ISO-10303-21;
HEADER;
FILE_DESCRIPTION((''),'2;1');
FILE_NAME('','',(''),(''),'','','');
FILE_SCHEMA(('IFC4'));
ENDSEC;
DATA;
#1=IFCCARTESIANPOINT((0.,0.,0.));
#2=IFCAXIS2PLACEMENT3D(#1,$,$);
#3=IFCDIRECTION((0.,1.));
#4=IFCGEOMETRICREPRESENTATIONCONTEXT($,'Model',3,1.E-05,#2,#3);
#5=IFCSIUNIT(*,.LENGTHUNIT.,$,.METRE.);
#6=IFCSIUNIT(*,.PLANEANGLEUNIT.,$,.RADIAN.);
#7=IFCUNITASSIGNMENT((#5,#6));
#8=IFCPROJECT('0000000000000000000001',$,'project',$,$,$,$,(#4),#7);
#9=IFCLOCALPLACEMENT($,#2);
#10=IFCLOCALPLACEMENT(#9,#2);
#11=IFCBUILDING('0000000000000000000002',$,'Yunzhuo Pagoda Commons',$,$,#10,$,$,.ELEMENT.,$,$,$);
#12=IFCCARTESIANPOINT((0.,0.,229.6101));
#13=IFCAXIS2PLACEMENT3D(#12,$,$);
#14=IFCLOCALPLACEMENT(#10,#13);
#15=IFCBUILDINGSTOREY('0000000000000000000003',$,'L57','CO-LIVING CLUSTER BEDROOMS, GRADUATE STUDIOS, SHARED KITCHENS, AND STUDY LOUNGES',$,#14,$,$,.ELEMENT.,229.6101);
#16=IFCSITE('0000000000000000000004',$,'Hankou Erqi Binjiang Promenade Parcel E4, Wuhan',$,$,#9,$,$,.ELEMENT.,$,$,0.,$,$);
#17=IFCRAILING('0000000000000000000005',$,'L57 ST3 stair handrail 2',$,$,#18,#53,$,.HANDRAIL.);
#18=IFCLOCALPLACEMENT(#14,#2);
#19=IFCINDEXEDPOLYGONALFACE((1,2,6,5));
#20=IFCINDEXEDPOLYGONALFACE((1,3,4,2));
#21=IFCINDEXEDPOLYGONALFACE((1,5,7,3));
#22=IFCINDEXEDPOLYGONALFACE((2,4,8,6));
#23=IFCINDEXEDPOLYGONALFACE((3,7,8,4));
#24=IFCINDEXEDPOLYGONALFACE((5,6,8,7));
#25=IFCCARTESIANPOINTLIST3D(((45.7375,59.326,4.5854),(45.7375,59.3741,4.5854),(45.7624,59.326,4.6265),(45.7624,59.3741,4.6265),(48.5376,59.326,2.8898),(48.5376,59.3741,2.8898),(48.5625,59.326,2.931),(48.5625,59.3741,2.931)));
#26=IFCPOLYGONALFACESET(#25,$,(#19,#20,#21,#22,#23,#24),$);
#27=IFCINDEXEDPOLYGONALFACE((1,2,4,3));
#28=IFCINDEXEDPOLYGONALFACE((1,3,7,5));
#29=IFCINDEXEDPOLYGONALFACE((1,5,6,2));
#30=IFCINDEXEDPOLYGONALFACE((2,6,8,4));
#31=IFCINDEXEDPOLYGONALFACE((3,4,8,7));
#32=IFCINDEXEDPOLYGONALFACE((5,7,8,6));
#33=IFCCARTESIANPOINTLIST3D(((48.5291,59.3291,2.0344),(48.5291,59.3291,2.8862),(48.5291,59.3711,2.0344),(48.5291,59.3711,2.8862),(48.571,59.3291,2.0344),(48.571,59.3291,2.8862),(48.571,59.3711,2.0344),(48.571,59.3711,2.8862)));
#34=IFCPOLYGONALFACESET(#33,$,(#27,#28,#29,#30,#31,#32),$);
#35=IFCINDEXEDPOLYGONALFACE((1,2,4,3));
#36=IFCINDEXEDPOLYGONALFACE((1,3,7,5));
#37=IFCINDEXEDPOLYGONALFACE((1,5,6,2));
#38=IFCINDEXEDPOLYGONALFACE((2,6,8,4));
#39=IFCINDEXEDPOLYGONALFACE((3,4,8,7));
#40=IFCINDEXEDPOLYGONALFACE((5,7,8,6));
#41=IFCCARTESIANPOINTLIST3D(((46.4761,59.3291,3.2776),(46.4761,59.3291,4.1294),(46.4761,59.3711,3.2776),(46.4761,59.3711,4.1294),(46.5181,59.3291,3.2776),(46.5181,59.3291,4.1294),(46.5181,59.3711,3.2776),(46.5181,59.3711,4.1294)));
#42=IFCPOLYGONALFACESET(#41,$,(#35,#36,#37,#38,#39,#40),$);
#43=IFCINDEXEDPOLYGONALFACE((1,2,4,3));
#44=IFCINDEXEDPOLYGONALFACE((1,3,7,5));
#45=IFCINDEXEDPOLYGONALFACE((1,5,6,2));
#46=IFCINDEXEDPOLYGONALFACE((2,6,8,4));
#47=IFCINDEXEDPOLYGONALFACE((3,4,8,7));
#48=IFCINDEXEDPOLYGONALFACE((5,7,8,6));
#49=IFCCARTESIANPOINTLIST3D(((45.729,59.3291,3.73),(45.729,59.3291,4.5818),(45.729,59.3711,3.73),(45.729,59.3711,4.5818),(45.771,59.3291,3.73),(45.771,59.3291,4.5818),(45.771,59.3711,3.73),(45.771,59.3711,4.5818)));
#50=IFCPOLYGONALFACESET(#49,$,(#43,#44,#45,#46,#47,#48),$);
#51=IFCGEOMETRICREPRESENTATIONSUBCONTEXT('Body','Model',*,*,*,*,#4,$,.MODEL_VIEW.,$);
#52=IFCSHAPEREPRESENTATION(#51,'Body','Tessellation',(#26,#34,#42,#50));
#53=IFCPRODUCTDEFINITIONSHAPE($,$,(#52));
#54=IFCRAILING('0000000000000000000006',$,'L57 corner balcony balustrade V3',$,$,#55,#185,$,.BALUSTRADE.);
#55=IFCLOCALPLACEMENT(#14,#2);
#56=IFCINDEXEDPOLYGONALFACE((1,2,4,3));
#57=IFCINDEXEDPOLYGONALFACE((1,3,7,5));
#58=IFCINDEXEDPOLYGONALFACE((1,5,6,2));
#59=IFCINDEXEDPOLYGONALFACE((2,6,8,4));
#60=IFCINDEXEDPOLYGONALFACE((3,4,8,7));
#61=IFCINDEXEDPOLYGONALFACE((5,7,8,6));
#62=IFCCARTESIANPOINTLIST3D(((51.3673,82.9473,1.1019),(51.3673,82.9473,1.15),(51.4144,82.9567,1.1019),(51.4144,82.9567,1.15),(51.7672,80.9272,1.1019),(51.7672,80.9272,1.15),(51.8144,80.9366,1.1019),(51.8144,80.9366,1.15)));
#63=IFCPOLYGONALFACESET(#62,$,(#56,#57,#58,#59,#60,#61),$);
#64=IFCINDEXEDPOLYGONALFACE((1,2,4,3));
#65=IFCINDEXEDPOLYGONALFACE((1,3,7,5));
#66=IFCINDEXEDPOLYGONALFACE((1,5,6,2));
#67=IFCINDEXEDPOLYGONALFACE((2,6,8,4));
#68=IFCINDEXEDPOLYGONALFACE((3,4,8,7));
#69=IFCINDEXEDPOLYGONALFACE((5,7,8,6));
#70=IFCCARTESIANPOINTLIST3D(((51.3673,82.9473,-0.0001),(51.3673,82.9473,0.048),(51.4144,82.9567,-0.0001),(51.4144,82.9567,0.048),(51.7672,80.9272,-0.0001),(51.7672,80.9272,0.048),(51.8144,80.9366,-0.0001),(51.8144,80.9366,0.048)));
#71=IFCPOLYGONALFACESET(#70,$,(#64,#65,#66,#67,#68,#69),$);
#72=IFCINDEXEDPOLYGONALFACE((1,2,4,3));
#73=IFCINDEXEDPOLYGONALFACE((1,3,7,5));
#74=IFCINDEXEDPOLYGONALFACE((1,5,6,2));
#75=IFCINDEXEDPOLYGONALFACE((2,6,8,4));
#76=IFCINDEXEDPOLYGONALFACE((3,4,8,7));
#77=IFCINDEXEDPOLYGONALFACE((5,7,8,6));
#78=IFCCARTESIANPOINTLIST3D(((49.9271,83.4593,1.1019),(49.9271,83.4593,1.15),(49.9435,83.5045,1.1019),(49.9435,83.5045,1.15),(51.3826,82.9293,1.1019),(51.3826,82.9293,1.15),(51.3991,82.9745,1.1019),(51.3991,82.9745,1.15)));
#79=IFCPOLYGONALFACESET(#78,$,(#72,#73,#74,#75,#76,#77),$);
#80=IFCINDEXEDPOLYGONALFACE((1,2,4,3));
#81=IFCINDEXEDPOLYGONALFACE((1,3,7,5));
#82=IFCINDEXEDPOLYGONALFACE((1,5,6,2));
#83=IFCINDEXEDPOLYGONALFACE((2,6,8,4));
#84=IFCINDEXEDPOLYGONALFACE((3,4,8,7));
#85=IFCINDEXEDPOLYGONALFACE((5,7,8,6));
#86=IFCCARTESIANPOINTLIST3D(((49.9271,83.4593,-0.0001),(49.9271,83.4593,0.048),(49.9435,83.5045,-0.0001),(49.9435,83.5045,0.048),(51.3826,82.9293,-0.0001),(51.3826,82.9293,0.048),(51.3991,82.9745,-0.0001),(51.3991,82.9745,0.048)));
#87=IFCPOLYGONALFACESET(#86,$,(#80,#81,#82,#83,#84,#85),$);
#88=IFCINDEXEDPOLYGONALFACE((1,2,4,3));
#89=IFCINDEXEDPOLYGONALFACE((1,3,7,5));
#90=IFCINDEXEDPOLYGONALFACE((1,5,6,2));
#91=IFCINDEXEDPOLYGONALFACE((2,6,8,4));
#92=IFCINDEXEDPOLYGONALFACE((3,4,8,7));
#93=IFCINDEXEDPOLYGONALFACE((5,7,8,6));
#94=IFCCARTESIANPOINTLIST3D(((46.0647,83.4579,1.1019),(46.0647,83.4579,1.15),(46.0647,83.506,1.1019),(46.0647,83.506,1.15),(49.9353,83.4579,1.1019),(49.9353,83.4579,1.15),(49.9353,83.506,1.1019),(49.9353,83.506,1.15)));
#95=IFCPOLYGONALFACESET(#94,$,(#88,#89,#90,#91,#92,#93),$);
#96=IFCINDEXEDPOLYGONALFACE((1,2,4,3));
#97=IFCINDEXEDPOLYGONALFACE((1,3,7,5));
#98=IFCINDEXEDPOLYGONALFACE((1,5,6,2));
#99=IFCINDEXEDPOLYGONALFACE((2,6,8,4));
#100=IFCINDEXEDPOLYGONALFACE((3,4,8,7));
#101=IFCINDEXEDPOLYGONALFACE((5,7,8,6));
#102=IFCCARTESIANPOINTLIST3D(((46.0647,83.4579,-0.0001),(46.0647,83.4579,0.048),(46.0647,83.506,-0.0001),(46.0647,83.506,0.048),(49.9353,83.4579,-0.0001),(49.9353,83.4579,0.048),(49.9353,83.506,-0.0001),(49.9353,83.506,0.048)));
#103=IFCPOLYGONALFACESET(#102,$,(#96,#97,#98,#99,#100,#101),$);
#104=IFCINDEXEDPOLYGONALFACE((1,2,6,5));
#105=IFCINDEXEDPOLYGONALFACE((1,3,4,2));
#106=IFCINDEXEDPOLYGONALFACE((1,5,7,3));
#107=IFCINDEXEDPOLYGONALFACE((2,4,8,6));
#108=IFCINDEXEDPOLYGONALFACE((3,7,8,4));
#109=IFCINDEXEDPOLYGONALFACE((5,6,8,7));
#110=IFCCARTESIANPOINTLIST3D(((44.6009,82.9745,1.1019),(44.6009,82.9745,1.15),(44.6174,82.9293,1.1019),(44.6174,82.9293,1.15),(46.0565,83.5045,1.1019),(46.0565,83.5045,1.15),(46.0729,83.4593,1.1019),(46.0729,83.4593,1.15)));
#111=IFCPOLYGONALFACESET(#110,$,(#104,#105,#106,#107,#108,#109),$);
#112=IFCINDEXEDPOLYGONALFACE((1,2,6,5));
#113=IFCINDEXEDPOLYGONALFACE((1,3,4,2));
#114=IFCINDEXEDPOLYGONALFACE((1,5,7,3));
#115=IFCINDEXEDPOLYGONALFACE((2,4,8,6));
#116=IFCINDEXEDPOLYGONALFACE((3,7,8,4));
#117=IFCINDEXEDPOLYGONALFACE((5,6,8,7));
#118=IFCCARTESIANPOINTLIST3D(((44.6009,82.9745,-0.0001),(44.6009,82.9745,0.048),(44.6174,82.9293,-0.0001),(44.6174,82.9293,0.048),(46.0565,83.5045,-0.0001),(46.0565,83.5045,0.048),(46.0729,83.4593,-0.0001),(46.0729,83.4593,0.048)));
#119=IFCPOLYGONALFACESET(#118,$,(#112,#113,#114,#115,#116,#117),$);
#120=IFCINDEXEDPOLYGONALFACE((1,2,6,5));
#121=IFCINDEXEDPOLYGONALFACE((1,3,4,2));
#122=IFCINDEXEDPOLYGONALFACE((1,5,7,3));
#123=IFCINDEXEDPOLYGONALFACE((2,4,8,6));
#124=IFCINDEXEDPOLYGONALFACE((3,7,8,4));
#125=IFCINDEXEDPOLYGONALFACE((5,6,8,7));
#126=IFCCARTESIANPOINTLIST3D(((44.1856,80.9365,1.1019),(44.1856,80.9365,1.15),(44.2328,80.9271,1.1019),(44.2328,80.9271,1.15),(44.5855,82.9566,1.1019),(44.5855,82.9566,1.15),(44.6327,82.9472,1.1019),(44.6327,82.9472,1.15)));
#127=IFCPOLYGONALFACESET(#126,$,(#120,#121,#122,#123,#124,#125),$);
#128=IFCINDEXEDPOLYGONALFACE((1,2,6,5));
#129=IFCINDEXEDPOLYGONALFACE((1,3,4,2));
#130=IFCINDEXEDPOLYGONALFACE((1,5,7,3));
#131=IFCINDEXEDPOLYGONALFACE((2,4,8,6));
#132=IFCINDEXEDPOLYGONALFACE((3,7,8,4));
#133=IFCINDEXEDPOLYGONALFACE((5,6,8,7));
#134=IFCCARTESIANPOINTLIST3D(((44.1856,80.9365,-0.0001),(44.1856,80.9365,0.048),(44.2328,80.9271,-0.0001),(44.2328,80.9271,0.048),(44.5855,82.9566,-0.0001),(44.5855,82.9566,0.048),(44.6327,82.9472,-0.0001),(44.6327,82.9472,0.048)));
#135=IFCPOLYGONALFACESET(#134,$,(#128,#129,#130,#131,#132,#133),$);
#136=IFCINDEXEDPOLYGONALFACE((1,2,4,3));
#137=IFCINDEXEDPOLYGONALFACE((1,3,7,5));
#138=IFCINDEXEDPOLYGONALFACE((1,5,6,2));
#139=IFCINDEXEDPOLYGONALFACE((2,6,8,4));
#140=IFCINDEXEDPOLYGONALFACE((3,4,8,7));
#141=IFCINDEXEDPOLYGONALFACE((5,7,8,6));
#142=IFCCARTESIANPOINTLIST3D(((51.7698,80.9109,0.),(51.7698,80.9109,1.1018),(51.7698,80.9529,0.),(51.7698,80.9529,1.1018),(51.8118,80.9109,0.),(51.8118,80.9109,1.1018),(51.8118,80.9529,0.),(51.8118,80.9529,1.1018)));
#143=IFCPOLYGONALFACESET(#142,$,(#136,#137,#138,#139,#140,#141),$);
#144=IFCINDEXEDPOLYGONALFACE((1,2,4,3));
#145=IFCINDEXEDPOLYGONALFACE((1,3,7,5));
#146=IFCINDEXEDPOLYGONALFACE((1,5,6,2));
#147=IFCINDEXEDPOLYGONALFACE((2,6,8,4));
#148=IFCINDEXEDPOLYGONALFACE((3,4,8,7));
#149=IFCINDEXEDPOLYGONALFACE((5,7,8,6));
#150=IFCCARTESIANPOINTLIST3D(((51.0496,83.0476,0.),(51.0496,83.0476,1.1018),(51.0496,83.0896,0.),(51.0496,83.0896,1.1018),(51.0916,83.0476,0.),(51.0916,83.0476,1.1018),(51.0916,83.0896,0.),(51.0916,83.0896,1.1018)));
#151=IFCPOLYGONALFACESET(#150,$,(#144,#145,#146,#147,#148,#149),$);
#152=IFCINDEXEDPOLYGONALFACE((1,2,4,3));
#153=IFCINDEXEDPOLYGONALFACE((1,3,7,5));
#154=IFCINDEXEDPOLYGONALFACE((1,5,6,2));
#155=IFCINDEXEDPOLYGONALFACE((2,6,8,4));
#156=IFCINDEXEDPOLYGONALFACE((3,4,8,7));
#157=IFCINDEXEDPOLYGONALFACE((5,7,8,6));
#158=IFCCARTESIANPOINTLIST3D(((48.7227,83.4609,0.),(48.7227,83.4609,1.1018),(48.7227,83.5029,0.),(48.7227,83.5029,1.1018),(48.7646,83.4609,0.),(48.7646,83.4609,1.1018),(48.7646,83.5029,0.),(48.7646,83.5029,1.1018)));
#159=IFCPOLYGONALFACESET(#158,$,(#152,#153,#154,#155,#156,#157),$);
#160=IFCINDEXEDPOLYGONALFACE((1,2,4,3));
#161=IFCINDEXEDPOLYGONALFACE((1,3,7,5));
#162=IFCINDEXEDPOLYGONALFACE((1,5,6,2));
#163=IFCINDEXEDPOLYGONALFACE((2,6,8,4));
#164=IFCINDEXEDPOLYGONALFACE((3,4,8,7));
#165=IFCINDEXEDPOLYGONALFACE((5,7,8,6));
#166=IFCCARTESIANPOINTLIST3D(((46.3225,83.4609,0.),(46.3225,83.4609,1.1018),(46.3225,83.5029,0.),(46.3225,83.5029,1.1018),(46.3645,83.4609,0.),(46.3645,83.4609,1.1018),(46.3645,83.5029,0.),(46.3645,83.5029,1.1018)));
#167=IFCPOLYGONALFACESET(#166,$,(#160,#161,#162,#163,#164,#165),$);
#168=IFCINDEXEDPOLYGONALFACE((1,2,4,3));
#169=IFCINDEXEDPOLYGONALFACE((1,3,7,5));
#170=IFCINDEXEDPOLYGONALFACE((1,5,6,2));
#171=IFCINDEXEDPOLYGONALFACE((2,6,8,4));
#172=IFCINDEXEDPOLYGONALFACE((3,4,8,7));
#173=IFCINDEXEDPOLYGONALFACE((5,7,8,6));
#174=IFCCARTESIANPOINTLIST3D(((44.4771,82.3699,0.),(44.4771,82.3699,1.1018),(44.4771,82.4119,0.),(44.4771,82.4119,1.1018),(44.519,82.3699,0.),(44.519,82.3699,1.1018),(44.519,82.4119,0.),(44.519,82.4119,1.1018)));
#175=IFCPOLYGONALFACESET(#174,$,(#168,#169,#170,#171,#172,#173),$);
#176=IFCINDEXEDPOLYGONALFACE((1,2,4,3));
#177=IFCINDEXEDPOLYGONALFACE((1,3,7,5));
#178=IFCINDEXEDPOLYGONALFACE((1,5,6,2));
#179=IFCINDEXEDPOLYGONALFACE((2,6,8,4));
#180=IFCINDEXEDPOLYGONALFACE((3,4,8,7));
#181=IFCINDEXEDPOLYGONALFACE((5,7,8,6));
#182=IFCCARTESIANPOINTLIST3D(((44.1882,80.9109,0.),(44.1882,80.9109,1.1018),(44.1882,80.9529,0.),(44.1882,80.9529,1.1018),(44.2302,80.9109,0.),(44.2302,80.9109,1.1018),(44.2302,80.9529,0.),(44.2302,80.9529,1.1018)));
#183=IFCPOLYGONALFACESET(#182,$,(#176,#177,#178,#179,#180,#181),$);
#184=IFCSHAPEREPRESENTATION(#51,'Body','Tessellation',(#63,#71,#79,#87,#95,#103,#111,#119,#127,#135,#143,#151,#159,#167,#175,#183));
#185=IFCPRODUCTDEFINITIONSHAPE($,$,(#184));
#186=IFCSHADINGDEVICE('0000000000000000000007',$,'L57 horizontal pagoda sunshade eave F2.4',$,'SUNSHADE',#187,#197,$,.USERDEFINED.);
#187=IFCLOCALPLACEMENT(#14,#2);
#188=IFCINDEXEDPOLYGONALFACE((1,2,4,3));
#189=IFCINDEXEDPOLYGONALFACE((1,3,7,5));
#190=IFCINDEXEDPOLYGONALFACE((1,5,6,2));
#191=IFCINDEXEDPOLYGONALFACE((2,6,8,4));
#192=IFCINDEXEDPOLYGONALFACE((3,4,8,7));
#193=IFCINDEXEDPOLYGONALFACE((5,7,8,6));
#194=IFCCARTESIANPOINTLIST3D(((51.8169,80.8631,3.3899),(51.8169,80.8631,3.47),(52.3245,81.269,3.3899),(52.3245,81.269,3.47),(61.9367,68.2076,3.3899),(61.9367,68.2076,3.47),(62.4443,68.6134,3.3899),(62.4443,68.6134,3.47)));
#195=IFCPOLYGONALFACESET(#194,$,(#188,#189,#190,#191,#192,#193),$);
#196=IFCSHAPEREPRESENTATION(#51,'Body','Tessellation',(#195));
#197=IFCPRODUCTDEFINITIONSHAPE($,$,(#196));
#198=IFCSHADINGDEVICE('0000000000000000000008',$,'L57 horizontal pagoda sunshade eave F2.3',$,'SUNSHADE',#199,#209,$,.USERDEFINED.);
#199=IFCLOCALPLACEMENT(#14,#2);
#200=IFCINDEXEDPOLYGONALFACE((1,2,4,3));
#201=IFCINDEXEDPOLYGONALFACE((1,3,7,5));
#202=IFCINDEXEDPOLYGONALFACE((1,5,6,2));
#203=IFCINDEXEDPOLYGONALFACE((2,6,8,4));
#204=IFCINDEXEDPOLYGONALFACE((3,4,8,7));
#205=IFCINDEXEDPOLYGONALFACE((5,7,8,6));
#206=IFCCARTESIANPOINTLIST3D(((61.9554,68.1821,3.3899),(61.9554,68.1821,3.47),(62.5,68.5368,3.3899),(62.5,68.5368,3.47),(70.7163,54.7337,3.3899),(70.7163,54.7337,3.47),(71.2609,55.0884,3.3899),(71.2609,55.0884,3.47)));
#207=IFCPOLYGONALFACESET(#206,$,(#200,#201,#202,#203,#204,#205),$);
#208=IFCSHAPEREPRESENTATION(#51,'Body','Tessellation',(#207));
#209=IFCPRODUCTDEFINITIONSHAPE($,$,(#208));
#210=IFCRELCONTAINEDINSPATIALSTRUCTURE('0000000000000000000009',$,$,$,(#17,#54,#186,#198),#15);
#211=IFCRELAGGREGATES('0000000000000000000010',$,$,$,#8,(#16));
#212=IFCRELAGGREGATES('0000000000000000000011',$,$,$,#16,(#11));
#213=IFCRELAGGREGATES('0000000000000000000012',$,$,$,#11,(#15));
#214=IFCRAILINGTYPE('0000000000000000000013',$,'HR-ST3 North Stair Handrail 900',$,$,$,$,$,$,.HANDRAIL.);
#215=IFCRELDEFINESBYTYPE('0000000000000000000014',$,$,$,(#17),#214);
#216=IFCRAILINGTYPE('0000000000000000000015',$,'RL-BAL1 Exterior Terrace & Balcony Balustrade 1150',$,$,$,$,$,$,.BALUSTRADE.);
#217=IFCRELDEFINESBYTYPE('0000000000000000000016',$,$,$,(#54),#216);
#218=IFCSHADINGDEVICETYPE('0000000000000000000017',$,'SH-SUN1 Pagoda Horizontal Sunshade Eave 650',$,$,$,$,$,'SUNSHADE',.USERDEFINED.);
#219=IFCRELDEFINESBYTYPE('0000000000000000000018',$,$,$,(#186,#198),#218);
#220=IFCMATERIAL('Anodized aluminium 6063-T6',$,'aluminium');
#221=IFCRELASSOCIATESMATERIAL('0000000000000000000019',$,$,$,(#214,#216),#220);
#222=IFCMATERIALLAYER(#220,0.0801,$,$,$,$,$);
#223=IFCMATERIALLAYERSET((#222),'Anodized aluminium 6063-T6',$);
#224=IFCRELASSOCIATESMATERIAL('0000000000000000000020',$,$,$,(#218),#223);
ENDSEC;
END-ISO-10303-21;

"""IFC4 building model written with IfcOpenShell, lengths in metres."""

from ifc_helpers import new_model, si_unit, direction, frame, origin, origin_2d, place, context, subcontext, project, spatial, rectangle, extrude, source, transform, mapped, material, layer, layer_set, type_object, element, save


model = new_model("IFC4")

# Units and contexts
model_context = context("Model", 3, precision=1e-05, world=origin(), true_north=direction((0.0, 1.0)))
body_context = subcontext(model_context, "Body", "Model", "MODEL_VIEW")
ifc_project = project(units=[si_unit("LENGTHUNIT", "METRE"), si_unit("PLANEANGLEUNIT", "RADIAN")], contexts=[model_context])

# Site, building, storey
site_placement = place(None, origin())
site = spatial("IfcSite", under=ifc_project, at=site_placement, Name="Hankou Erqi Binjiang Promenade Parcel E4, Wuhan", CompositionType="ELEMENT", RefElevation=0.0)
building_placement = place(site_placement, origin())
building = spatial("IfcBuilding", under=site, at=building_placement, Name="Yunzhuo Pagoda Commons", CompositionType="ELEMENT")
storey_placement = place(building_placement, frame((0.0, 0.0, 229.6101)))
storey = spatial("IfcBuildingStorey", under=building, at=storey_placement, Name="L57", Description="CO-LIVING CLUSTER BEDROOMS, GRADUATE STUDIOS, SHARED KITCHENS, AND STUDY LOUNGES", CompositionType="ELEMENT", Elevation=229.6101)

# Shared definitions
ifc_material_1 = material(Name="Anodized aluminium 6063-T6", Category="aluminium")

# Railings
railing_type_1 = type_object("IfcRailingType", Name="HR-ST3 North Stair Handrail 900", PredefinedType="HANDRAIL", material=ifc_material_1)
railing_1_placement = place(storey_placement, frame((48.55, 59.3501, 2.0344)))
element("IfcRailing", 1, at=railing_1_placement, inside=storey, type_object=railing_type_1, Name="L57 ST3 stair handrail 2", PredefinedType="HANDRAIL", context=body_context, shape_type="SweptSolid", body=[
    extrude(rectangle(XDim=0.0481, YDim=0.0481, at=origin_2d()), frame((0.0, 0.0, 0.876), z_axis=(-0.855393, 0.0, 0.517979), x_axis=(0.0, -1.0, 0.0)), (0.0, 0.0, 1.0), 3.2734),
    extrude(rectangle(XDim=0.042, YDim=0.042, at=origin_2d()), origin(), (0.0, 0.0, 1.0), 0.8518),
    extrude(rectangle(XDim=0.042, YDim=0.042, at=origin_2d()), frame((-2.053, 0.0, 1.2432)), (0.0, 0.0, 1.0), 0.8518),
    extrude(rectangle(XDim=0.042, YDim=0.042, at=origin_2d()), frame((-2.8, 0.0, 1.6956)), (0.0, 0.0, 1.0), 0.8518),
])
railing_type_2 = type_object("IfcRailingType", Name="RL-BAL1 Exterior Terrace & Balcony Balustrade 1150", PredefinedType="BALUSTRADE", material=ifc_material_1)
railing_2_placement = place(storey_placement, frame((51.7908, 80.9319, 0.0)))
element("IfcRailing", 2, at=railing_2_placement, inside=storey, type_object=railing_type_2, Name="L57 corner balcony balustrade V3", PredefinedType="BALUSTRADE", context=body_context, shape_type="SweptSolid", body=[
    extrude(rectangle(XDim=0.0481, YDim=0.0481, at=origin_2d()), frame((0.0, 0.0, 1.126), z_axis=(-0.194201, 0.980962, 0.0), x_axis=(-0.980962, -0.194201, 0.0)), (0.0, 0.0, 1.0), 2.0593),
    extrude(rectangle(XDim=0.0481, YDim=0.0481, at=origin_2d()), frame((0.0, 0.0, 0.0239), z_axis=(-0.194201, 0.980962, 0.0), x_axis=(-0.980962, -0.194201, 0.0)), (0.0, 0.0, 1.0), 2.0593),
    extrude(rectangle(XDim=0.0481, YDim=0.0481, at=origin_2d()), frame((-0.3999, 2.02, 1.126), z_axis=(-0.939641, 0.342161, 0.0), x_axis=(-0.342161, -0.939641, 0.0)), (0.0, 0.0, 1.0), 1.5491),
    extrude(rectangle(XDim=0.0481, YDim=0.0481, at=origin_2d()), frame((-0.3999, 2.02, 0.0239), z_axis=(-0.939641, 0.342161, 0.0), x_axis=(-0.342161, -0.939641, 0.0)), (0.0, 0.0, 1.0), 1.5491),
    extrude(rectangle(XDim=0.0481, YDim=0.0481, at=origin_2d()), frame((-1.8555, 2.55, 1.126), z_axis=(-1.0, 0.0, 0.0), x_axis=(0.0, -1.0, 0.0)), (0.0, 0.0, 1.0), 3.8706),
    extrude(rectangle(XDim=0.0481, YDim=0.0481, at=origin_2d()), frame((-1.8555, 2.55, 0.0239), z_axis=(-1.0, 0.0, 0.0), x_axis=(0.0, -1.0, 0.0)), (0.0, 0.0, 1.0), 3.8706),
    extrude(rectangle(XDim=0.0481, YDim=0.0481, at=origin_2d()), frame((-5.7261, 2.55, 1.126), z_axis=(-0.939641, -0.342161, 0.0), x_axis=(0.342161, -0.939641, 0.0)), (0.0, 0.0, 1.0), 1.5491),
    extrude(rectangle(XDim=0.0481, YDim=0.0481, at=origin_2d()), frame((-5.7261, 2.55, 0.0239), z_axis=(-0.939641, -0.342161, 0.0), x_axis=(0.342161, -0.939641, 0.0)), (0.0, 0.0, 1.0), 1.5491),
    extrude(rectangle(XDim=0.0481, YDim=0.0481, at=origin_2d()), frame((-7.1816, 2.02, 1.126), z_axis=(-0.194201, -0.980962, 0.0), x_axis=(0.980962, -0.194201, 0.0)), (0.0, 0.0, 1.0), 2.0593),
    extrude(rectangle(XDim=0.0481, YDim=0.0481, at=origin_2d()), frame((-7.1816, 2.02, 0.0239), z_axis=(-0.194201, -0.980962, 0.0), x_axis=(0.980962, -0.194201, 0.0)), (0.0, 0.0, 1.0), 2.0593),
    extrude(rectangle(XDim=0.042, YDim=0.042, at=origin_2d()), origin(), (0.0, 0.0, 1.0), 1.1018),
    extrude(rectangle(XDim=0.042, YDim=0.042, at=origin_2d()), frame((-0.7202, 2.1367, 0.0)), (0.0, 0.0, 1.0), 1.1018),
    extrude(rectangle(XDim=0.042, YDim=0.042, at=origin_2d()), frame((-3.0471, 2.55, 0.0)), (0.0, 0.0, 1.0), 1.1018),
    extrude(rectangle(XDim=0.042, YDim=0.042, at=origin_2d()), frame((-5.4473, 2.55, 0.0)), (0.0, 0.0, 1.0), 1.1018),
    extrude(rectangle(XDim=0.042, YDim=0.042, at=origin_2d()), frame((-7.2927, 1.459, 0.0)), (0.0, 0.0, 1.0), 1.1018),
    extrude(rectangle(XDim=0.042, YDim=0.042, at=origin_2d()), frame((-7.5815, 0.0, 0.0)), (0.0, 0.0, 1.0), 1.1018),
])

# Shading devices
ifc_layer_1 = layer(ifc_material_1, 0.0801)
ifc_layer_set_1 = layer_set([ifc_layer_1], Name="Anodized aluminium 6063-T6")
shading_device_type = type_object("IfcShadingDeviceType", Name="SH-SUN1 Pagoda Horizontal Sunshade Eave 650", ElementType="SUNSHADE", PredefinedType="USERDEFINED", material=ifc_layer_set_1)
shared_shape_1 = source(origin(), body_context, "Body", "SweptSolid", [
    extrude(rectangle(XDim=16.2041, YDim=0.6499, at=origin_2d()), origin(), (0.0, 0.0, 1.0), 0.0801),
])
shading_device_1_placement = place(storey_placement, frame((57.1306, 74.7383, 3.3899), z_axis=(0.0, 0.0, 1.0), x_axis=(-0.62452, 0.781008, 0.0)))
element("IfcShadingDevice", 3, at=shading_device_1_placement, inside=storey, type_object=shading_device_type, Name="L57 horizontal pagoda sunshade eave F2.4", ObjectType="SUNSHADE", PredefinedType="USERDEFINED", context=body_context, shape_type="MappedRepresentation", body=[
    mapped(shared_shape_1, transform((0.0, 0.0, 0.0), scale=1.0)),
])
shared_shape_2 = source(origin(), body_context, "Body", "SweptSolid", [
    extrude(rectangle(XDim=16.0503, YDim=0.6499, at=origin_2d()), origin(), (0.0, 0.0, 1.0), 0.0801),
])
shading_device_2_placement = place(storey_placement, frame((66.6082, 61.6353, 3.3899), z_axis=(0.0, 0.0, 1.0), x_axis=(-0.545839, 0.83789, 0.0)))
element("IfcShadingDevice", 4, at=shading_device_2_placement, inside=storey, type_object=shading_device_type, Name="L57 horizontal pagoda sunshade eave F2.3", ObjectType="SUNSHADE", PredefinedType="USERDEFINED", context=body_context, shape_type="MappedRepresentation", body=[
    mapped(shared_shape_2, transform((0.0, 0.0, 0.0), scale=1.0)),
])

save(model, "model.ifc")
